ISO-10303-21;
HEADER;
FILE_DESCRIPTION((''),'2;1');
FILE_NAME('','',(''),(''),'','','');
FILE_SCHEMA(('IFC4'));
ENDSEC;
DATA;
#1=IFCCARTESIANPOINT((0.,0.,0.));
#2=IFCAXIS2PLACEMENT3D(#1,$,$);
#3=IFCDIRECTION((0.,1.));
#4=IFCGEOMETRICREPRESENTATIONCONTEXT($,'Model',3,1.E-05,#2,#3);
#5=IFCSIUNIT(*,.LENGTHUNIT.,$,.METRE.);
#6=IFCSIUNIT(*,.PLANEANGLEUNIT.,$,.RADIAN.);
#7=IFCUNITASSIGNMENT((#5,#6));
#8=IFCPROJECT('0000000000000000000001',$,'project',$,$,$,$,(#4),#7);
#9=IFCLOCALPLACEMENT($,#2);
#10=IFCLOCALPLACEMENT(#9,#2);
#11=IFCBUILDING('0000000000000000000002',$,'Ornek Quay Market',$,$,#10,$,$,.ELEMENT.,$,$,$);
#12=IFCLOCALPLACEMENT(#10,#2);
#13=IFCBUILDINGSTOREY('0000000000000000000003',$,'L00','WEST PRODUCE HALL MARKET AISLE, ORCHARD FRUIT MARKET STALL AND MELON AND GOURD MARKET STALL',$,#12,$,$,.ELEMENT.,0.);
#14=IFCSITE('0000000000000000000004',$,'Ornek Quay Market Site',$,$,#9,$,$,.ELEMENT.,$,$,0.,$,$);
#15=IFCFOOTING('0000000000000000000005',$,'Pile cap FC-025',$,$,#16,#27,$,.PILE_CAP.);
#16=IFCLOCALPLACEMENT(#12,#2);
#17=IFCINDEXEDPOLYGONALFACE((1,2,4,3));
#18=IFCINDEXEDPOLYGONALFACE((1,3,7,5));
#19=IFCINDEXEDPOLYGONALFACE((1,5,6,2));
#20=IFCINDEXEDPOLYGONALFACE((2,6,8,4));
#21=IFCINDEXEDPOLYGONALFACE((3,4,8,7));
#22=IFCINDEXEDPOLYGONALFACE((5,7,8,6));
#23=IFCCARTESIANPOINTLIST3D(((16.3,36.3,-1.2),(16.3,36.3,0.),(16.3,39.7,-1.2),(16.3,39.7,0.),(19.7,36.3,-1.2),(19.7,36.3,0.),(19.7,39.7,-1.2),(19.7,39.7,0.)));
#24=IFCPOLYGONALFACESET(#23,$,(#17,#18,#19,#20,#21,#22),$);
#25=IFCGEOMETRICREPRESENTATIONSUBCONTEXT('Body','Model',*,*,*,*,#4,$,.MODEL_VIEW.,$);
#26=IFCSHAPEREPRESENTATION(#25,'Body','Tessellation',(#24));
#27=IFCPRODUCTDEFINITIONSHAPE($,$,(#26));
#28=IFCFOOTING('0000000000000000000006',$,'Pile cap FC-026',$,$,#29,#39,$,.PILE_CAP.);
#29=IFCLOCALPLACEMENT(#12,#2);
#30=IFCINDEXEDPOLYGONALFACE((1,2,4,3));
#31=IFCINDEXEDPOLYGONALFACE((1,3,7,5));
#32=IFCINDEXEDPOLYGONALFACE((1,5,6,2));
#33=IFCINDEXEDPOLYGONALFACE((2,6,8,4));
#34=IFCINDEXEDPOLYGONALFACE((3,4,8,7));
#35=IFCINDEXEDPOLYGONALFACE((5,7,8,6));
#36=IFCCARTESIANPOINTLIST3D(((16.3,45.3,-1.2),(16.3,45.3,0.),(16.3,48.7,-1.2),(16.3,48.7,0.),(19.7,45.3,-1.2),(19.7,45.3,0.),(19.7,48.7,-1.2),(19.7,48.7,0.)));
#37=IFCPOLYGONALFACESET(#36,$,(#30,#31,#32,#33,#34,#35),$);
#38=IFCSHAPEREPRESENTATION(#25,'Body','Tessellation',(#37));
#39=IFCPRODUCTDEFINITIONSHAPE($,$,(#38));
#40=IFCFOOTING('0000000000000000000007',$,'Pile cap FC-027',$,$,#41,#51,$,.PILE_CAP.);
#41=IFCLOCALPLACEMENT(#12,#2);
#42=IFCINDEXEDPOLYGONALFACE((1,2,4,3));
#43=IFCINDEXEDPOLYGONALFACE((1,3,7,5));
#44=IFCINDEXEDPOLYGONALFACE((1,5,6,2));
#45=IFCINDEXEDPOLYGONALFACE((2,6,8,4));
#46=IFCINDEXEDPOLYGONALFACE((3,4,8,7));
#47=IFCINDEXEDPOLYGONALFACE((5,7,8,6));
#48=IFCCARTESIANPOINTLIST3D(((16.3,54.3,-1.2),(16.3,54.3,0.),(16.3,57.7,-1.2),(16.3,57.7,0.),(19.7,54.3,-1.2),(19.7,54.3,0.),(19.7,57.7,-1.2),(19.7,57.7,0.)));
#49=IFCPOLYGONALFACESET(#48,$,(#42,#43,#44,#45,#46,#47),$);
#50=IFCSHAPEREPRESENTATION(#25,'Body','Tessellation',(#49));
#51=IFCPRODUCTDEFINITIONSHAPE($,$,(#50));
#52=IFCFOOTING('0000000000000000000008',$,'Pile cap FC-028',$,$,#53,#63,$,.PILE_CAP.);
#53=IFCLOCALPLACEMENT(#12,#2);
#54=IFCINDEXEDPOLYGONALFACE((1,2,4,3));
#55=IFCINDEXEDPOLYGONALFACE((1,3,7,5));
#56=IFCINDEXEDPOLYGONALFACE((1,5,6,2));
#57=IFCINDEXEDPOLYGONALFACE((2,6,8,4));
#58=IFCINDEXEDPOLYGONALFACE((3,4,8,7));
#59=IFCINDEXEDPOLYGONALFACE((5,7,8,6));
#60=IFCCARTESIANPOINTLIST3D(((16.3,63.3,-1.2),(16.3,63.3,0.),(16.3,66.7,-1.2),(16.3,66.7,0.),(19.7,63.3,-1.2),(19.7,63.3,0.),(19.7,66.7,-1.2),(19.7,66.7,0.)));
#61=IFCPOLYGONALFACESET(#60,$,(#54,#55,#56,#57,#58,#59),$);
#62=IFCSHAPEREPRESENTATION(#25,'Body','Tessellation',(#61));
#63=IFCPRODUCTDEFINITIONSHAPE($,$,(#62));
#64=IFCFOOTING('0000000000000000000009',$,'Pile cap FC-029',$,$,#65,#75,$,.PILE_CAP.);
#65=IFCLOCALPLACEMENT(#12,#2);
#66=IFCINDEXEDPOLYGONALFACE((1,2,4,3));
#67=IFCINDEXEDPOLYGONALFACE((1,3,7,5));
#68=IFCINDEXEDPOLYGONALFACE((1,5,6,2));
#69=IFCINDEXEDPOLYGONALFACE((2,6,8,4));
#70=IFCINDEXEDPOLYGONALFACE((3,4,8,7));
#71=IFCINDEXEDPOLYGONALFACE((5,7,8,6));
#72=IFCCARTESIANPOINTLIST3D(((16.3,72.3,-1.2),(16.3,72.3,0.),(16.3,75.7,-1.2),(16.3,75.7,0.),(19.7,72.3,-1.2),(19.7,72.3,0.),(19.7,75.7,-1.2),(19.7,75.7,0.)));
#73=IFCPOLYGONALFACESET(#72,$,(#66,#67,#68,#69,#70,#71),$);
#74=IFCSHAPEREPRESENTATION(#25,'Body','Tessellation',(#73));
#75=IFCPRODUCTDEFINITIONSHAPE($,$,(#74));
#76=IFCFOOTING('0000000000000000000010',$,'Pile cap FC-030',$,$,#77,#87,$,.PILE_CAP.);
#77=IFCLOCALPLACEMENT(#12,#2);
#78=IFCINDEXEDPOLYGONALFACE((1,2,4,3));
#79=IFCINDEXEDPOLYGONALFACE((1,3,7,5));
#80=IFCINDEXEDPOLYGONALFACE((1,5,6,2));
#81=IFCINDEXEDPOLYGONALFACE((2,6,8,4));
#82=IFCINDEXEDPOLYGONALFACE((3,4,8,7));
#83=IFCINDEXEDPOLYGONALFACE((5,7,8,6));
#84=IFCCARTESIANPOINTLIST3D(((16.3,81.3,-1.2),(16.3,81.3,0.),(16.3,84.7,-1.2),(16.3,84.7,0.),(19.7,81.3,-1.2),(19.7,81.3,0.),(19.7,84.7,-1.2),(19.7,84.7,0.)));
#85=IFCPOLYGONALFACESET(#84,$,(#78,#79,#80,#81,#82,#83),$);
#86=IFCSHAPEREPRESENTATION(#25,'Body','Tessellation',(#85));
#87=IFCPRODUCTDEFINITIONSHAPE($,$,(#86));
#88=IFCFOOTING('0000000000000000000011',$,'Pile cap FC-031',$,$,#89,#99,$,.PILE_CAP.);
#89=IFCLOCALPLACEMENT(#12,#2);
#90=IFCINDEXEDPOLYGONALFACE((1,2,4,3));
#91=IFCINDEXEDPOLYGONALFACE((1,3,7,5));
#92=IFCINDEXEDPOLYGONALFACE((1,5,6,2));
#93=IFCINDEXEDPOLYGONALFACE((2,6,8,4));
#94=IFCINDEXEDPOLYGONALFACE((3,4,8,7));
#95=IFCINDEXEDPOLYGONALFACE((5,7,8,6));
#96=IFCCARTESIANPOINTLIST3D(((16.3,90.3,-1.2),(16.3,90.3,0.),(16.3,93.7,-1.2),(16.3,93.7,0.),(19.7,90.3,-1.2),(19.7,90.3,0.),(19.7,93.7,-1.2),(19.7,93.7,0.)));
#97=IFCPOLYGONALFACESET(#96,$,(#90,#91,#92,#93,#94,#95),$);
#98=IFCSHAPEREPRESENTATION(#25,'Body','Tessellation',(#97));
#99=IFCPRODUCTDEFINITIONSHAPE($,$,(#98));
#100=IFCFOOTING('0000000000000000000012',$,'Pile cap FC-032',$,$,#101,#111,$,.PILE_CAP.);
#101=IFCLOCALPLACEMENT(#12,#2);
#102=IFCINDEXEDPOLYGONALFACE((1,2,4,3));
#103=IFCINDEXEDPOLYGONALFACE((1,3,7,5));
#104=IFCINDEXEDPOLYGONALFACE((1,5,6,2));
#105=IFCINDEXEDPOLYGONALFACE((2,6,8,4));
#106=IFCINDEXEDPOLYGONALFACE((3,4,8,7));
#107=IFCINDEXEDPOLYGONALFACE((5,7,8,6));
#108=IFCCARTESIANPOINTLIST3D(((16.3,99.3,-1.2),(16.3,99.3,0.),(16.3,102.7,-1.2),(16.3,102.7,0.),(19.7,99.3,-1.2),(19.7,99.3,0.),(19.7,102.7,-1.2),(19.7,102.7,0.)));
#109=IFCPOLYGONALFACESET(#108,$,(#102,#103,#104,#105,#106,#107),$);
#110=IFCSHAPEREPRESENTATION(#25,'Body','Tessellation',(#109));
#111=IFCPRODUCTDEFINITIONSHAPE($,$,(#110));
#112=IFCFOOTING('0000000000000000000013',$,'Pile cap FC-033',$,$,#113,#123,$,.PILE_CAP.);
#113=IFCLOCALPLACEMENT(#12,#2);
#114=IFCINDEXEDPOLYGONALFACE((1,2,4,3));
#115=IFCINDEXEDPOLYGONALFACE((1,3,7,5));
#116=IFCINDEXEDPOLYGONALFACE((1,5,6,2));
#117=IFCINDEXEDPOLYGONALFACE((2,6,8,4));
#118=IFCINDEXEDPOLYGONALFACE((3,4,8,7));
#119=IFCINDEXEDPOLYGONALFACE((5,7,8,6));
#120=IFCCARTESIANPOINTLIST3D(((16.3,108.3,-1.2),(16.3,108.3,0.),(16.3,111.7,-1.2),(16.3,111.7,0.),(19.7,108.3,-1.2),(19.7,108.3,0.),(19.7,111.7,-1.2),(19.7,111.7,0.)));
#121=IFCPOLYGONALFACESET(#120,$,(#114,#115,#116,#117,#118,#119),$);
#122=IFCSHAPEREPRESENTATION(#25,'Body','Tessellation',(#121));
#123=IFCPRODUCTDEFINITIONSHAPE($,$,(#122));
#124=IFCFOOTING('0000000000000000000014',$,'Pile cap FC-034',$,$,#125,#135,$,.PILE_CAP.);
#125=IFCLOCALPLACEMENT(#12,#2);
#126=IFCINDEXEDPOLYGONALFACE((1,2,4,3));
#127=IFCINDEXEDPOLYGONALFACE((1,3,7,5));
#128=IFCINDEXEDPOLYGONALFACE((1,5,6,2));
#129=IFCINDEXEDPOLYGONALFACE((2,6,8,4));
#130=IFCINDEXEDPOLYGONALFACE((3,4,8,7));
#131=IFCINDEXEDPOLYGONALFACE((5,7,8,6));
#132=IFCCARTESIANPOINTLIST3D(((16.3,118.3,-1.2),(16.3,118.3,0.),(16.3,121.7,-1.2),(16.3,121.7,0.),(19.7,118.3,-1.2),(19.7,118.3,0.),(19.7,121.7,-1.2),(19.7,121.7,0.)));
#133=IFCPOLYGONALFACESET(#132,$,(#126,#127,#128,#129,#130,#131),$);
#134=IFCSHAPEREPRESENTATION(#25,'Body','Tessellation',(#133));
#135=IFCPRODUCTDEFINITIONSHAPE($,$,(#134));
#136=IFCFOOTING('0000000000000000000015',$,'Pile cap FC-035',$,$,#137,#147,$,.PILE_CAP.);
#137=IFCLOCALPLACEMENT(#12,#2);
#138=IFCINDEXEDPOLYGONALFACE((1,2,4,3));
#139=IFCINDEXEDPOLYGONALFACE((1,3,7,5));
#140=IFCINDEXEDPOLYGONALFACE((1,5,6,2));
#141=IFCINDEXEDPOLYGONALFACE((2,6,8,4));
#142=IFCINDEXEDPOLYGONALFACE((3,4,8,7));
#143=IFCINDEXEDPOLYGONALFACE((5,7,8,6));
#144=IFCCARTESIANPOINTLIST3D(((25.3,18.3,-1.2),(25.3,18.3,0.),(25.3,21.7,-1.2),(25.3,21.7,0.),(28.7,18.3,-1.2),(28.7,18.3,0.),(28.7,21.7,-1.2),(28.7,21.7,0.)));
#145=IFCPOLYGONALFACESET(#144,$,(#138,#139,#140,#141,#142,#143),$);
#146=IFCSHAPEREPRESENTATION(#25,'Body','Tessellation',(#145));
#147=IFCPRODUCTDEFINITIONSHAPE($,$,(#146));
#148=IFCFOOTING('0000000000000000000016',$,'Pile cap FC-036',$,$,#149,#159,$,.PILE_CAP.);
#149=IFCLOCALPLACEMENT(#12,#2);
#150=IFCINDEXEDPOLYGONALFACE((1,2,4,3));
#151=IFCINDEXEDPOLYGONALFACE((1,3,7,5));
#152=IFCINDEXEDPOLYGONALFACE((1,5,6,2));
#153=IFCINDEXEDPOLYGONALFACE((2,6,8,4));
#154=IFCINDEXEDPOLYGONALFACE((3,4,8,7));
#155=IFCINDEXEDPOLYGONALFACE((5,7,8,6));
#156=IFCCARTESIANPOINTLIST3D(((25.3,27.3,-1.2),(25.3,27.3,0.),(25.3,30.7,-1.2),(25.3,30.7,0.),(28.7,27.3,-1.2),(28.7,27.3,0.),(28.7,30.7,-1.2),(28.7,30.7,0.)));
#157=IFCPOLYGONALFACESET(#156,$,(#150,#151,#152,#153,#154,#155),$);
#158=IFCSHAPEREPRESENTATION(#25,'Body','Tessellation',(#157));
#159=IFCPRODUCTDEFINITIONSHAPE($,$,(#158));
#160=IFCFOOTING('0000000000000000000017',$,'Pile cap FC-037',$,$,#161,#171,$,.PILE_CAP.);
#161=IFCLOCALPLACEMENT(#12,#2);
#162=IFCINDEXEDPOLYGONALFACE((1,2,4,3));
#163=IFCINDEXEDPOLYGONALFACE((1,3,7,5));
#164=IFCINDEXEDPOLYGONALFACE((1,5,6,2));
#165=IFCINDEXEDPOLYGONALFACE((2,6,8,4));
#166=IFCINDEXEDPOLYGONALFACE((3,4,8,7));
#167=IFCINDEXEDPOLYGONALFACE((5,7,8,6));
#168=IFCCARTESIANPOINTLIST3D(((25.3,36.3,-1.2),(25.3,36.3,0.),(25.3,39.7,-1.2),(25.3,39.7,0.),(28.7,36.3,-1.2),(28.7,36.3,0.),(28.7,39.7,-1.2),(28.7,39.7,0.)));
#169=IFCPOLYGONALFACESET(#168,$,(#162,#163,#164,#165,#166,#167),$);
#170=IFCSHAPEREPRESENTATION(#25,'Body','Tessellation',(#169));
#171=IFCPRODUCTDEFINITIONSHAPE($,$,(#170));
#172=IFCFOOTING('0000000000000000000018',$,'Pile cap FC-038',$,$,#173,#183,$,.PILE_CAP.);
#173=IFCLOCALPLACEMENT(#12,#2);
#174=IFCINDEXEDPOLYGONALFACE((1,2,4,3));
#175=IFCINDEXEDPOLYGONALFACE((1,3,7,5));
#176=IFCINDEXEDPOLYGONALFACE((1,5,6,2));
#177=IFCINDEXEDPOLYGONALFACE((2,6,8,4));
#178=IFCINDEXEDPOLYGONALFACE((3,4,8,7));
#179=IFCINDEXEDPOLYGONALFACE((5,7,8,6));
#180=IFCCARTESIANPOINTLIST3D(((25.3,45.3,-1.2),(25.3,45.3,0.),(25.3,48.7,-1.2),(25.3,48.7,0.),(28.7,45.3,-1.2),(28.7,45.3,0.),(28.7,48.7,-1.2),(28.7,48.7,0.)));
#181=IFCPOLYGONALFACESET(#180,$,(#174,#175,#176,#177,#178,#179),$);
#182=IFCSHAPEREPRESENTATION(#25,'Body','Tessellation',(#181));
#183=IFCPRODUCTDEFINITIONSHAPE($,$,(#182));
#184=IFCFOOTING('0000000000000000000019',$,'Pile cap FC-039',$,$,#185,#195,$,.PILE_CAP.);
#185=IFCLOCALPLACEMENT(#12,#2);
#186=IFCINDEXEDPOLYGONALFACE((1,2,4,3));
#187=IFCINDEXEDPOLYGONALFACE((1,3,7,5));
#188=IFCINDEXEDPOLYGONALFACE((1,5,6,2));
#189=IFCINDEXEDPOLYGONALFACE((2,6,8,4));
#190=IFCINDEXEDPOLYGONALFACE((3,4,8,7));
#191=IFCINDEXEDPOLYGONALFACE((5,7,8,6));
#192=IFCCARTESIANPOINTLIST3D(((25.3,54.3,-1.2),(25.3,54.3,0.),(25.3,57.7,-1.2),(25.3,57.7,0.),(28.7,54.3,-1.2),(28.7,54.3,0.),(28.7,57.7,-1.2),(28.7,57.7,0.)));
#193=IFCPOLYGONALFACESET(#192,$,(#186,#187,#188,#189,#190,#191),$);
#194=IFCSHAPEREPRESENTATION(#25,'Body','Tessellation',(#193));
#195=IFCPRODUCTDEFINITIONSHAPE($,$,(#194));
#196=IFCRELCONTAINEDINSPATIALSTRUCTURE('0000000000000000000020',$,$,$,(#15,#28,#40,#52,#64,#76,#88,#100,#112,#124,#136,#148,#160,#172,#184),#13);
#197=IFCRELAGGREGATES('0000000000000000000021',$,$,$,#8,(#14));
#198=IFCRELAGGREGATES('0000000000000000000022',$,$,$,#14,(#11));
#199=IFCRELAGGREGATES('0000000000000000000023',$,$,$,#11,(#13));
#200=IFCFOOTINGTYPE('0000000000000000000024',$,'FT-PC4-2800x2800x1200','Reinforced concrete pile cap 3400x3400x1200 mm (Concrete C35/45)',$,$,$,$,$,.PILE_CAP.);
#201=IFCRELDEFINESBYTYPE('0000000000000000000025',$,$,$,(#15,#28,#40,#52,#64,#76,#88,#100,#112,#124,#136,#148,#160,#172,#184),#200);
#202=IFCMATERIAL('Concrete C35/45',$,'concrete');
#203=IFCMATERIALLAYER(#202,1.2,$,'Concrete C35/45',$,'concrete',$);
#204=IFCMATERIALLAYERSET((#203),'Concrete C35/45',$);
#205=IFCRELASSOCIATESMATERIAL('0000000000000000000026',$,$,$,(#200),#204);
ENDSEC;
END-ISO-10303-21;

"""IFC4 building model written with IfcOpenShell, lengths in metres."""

from ifc_helpers import new_model, si_unit, direction, frame, origin, place, context, subcontext, project, spatial, polyline, outline, extrude, material, layer, layer_set, type_object, element, save


model = new_model("IFC4")

# Units and contexts
model_context = context("Model", 3, precision=1e-05, world=origin(), true_north=direction((0.0, 1.0)))
body_context = subcontext(model_context, "Body", "Model", "MODEL_VIEW")
ifc_project = project(units=[si_unit("LENGTHUNIT", "METRE"), si_unit("PLANEANGLEUNIT", "RADIAN")], contexts=[model_context])

# Site, building, storey
site_placement = place(None, origin())
site = spatial("IfcSite", under=ifc_project, at=site_placement, Name="Ornek Quay Market Site", CompositionType="ELEMENT", RefElevation=0.0)
building_placement = place(site_placement, origin())
building = spatial("IfcBuilding", under=site, at=building_placement, Name="Ornek Quay Market", CompositionType="ELEMENT")
storey_placement = place(building_placement, origin())
storey = spatial("IfcBuildingStorey", under=building, at=storey_placement, Name="L00", Description="WEST PRODUCE HALL MARKET AISLE, ORCHARD FRUIT MARKET STALL AND MELON AND GOURD MARKET STALL", CompositionType="ELEMENT", Elevation=0.0)

# Footings
ifc_material = material(Name="Concrete C35/45", Category="concrete")
ifc_layer = layer(ifc_material, 1.2, Name="Concrete C35/45", Category="concrete")
ifc_layer_set = layer_set([ifc_layer], Name="Concrete C35/45")
footing_type = type_object("IfcFootingType", Name="FT-PC4-2800x2800x1200", Description="Reinforced concrete pile cap 3400x3400x1200 mm (Concrete C35/45)", PredefinedType="PILE_CAP", material=ifc_layer_set)
footing_1_placement = place(storey_placement, frame((0.0, 0.0, -1.2)))
element("IfcFooting", 1, at=footing_1_placement, inside=storey, type_object=footing_type, Name="Pile cap FC-025", PredefinedType="PILE_CAP", context=body_context, shape_type="SweptSolid", body=[
    extrude(outline(polyline([(16.3, 36.3), (19.7, 36.3), (19.7, 39.7), (16.3, 39.7), (16.3, 36.3)])), origin(), (0.0, 0.0, 1.0), 1.2),
])
footing_2_placement = place(storey_placement, frame((0.0, 0.0, -1.2)))
element("IfcFooting", 2, at=footing_2_placement, inside=storey, type_object=footing_type, Name="Pile cap FC-026", PredefinedType="PILE_CAP", context=body_context, shape_type="SweptSolid", body=[
    extrude(outline(polyline([(16.3, 45.3), (19.7, 45.3), (19.7, 48.7), (16.3, 48.7), (16.3, 45.3)])), origin(), (0.0, 0.0, 1.0), 1.2),
])
footing_3_placement = place(storey_placement, frame((0.0, 0.0, -1.2)))
element("IfcFooting", 3, at=footing_3_placement, inside=storey, type_object=footing_type, Name="Pile cap FC-027", PredefinedType="PILE_CAP", context=body_context, shape_type="SweptSolid", body=[
    extrude(outline(polyline([(16.3, 54.3), (19.7, 54.3), (19.7, 57.7), (16.3, 57.7), (16.3, 54.3)])), origin(), (0.0, 0.0, 1.0), 1.2),
])
footing_4_placement = place(storey_placement, frame((0.0, 0.0, -1.2)))
element("IfcFooting", 4, at=footing_4_placement, inside=storey, type_object=footing_type, Name="Pile cap FC-028", PredefinedType="PILE_CAP", context=body_context, shape_type="SweptSolid", body=[
    extrude(outline(polyline([(16.3, 63.3), (19.7, 63.3), (19.7, 66.7), (16.3, 66.7), (16.3, 63.3)])), origin(), (0.0, 0.0, 1.0), 1.2),
])
footing_5_placement = place(storey_placement, frame((0.0, 0.0, -1.2)))
element("IfcFooting", 5, at=footing_5_placement, inside=storey, type_object=footing_type, Name="Pile cap FC-029", PredefinedType="PILE_CAP", context=body_context, shape_type="SweptSolid", body=[
    extrude(outline(polyline([(16.3, 72.3), (19.7, 72.3), (19.7, 75.7), (16.3, 75.7), (16.3, 72.3)])), origin(), (0.0, 0.0, 1.0), 1.2),
])
footing_6_placement = place(storey_placement, frame((0.0, 0.0, -1.2)))
element("IfcFooting", 6, at=footing_6_placement, inside=storey, type_object=footing_type, Name="Pile cap FC-030", PredefinedType="PILE_CAP", context=body_context, shape_type="SweptSolid", body=[
    extrude(outline(polyline([(16.3, 81.3), (19.7, 81.3), (19.7, 84.7), (16.3, 84.7), (16.3, 81.3)])), origin(), (0.0, 0.0, 1.0), 1.2),
])
footing_7_placement = place(storey_placement, frame((0.0, 0.0, -1.2)))
element("IfcFooting", 7, at=footing_7_placement, inside=storey, type_object=footing_type, Name="Pile cap FC-031", PredefinedType="PILE_CAP", context=body_context, shape_type="SweptSolid", body=[
    extrude(outline(polyline([(16.3, 90.3), (19.7, 90.3), (19.7, 93.7), (16.3, 93.7), (16.3, 90.3)])), origin(), (0.0, 0.0, 1.0), 1.2),
])
footing_8_placement = place(storey_placement, frame((0.0, 0.0, -1.2)))
element("IfcFooting", 8, at=footing_8_placement, inside=storey, type_object=footing_type, Name="Pile cap FC-032", PredefinedType="PILE_CAP", context=body_context, shape_type="SweptSolid", body=[
    extrude(outline(polyline([(16.3, 99.3), (19.7, 99.3), (19.7, 102.7), (16.3, 102.7), (16.3, 99.3)])), origin(), (0.0, 0.0, 1.0), 1.2),
])
footing_9_placement = place(storey_placement, frame((0.0, 0.0, -1.2)))
element("IfcFooting", 9, at=footing_9_placement, inside=storey, type_object=footing_type, Name="Pile cap FC-033", PredefinedType="PILE_CAP", context=body_context, shape_type="SweptSolid", body=[
    extrude(outline(polyline([(16.3, 108.3), (19.7, 108.3), (19.7, 111.7), (16.3, 111.7), (16.3, 108.3)])), origin(), (0.0, 0.0, 1.0), 1.2),
])
footing_10_placement = place(storey_placement, frame((0.0, 0.0, -1.2)))
element("IfcFooting", 10, at=footing_10_placement, inside=storey, type_object=footing_type, Name="Pile cap FC-034", PredefinedType="PILE_CAP", context=body_context, shape_type="SweptSolid", body=[
    extrude(outline(polyline([(16.3, 118.3), (19.7, 118.3), (19.7, 121.7), (16.3, 121.7), (16.3, 118.3)])), origin(), (0.0, 0.0, 1.0), 1.2),
])
footing_11_placement = place(storey_placement, frame((0.0, 0.0, -1.2)))
element("IfcFooting", 11, at=footing_11_placement, inside=storey, type_object=footing_type, Name="Pile cap FC-035", PredefinedType="PILE_CAP", context=body_context, shape_type="SweptSolid", body=[
    extrude(outline(polyline([(25.3, 18.3), (28.7, 18.3), (28.7, 21.7), (25.3, 21.7), (25.3, 18.3)])), origin(), (0.0, 0.0, 1.0), 1.2),
])
footing_12_placement = place(storey_placement, frame((0.0, 0.0, -1.2)))
element("IfcFooting", 12, at=footing_12_placement, inside=storey, type_object=footing_type, Name="Pile cap FC-036", PredefinedType="PILE_CAP", context=body_context, shape_type="SweptSolid", body=[
    extrude(outline(polyline([(25.3, 27.3), (28.7, 27.3), (28.7, 30.7), (25.3, 30.7), (25.3, 27.3)])), origin(), (0.0, 0.0, 1.0), 1.2),
])
footing_13_placement = place(storey_placement, frame((0.0, 0.0, -1.2)))
element("IfcFooting", 13, at=footing_13_placement, inside=storey, type_object=footing_type, Name="Pile cap FC-037", PredefinedType="PILE_CAP", context=body_context, shape_type="SweptSolid", body=[
    extrude(outline(polyline([(25.3, 36.3), (28.7, 36.3), (28.7, 39.7), (25.3, 39.7), (25.3, 36.3)])), origin(), (0.0, 0.0, 1.0), 1.2),
])
footing_14_placement = place(storey_placement, frame((0.0, 0.0, -1.2)))
element("IfcFooting", 14, at=footing_14_placement, inside=storey, type_object=footing_type, Name="Pile cap FC-038", PredefinedType="PILE_CAP", context=body_context, shape_type="SweptSolid", body=[
    extrude(outline(polyline([(25.3, 45.3), (28.7, 45.3), (28.7, 48.7), (25.3, 48.7), (25.3, 45.3)])), origin(), (0.0, 0.0, 1.0), 1.2),
])
footing_15_placement = place(storey_placement, frame((0.0, 0.0, -1.2)))
element("IfcFooting", 15, at=footing_15_placement, inside=storey, type_object=footing_type, Name="Pile cap FC-039", PredefinedType="PILE_CAP", context=body_context, shape_type="SweptSolid", body=[
    extrude(outline(polyline([(25.3, 54.3), (28.7, 54.3), (28.7, 57.7), (25.3, 57.7), (25.3, 54.3)])), origin(), (0.0, 0.0, 1.0), 1.2),
])

save(model, "model.ifc")
